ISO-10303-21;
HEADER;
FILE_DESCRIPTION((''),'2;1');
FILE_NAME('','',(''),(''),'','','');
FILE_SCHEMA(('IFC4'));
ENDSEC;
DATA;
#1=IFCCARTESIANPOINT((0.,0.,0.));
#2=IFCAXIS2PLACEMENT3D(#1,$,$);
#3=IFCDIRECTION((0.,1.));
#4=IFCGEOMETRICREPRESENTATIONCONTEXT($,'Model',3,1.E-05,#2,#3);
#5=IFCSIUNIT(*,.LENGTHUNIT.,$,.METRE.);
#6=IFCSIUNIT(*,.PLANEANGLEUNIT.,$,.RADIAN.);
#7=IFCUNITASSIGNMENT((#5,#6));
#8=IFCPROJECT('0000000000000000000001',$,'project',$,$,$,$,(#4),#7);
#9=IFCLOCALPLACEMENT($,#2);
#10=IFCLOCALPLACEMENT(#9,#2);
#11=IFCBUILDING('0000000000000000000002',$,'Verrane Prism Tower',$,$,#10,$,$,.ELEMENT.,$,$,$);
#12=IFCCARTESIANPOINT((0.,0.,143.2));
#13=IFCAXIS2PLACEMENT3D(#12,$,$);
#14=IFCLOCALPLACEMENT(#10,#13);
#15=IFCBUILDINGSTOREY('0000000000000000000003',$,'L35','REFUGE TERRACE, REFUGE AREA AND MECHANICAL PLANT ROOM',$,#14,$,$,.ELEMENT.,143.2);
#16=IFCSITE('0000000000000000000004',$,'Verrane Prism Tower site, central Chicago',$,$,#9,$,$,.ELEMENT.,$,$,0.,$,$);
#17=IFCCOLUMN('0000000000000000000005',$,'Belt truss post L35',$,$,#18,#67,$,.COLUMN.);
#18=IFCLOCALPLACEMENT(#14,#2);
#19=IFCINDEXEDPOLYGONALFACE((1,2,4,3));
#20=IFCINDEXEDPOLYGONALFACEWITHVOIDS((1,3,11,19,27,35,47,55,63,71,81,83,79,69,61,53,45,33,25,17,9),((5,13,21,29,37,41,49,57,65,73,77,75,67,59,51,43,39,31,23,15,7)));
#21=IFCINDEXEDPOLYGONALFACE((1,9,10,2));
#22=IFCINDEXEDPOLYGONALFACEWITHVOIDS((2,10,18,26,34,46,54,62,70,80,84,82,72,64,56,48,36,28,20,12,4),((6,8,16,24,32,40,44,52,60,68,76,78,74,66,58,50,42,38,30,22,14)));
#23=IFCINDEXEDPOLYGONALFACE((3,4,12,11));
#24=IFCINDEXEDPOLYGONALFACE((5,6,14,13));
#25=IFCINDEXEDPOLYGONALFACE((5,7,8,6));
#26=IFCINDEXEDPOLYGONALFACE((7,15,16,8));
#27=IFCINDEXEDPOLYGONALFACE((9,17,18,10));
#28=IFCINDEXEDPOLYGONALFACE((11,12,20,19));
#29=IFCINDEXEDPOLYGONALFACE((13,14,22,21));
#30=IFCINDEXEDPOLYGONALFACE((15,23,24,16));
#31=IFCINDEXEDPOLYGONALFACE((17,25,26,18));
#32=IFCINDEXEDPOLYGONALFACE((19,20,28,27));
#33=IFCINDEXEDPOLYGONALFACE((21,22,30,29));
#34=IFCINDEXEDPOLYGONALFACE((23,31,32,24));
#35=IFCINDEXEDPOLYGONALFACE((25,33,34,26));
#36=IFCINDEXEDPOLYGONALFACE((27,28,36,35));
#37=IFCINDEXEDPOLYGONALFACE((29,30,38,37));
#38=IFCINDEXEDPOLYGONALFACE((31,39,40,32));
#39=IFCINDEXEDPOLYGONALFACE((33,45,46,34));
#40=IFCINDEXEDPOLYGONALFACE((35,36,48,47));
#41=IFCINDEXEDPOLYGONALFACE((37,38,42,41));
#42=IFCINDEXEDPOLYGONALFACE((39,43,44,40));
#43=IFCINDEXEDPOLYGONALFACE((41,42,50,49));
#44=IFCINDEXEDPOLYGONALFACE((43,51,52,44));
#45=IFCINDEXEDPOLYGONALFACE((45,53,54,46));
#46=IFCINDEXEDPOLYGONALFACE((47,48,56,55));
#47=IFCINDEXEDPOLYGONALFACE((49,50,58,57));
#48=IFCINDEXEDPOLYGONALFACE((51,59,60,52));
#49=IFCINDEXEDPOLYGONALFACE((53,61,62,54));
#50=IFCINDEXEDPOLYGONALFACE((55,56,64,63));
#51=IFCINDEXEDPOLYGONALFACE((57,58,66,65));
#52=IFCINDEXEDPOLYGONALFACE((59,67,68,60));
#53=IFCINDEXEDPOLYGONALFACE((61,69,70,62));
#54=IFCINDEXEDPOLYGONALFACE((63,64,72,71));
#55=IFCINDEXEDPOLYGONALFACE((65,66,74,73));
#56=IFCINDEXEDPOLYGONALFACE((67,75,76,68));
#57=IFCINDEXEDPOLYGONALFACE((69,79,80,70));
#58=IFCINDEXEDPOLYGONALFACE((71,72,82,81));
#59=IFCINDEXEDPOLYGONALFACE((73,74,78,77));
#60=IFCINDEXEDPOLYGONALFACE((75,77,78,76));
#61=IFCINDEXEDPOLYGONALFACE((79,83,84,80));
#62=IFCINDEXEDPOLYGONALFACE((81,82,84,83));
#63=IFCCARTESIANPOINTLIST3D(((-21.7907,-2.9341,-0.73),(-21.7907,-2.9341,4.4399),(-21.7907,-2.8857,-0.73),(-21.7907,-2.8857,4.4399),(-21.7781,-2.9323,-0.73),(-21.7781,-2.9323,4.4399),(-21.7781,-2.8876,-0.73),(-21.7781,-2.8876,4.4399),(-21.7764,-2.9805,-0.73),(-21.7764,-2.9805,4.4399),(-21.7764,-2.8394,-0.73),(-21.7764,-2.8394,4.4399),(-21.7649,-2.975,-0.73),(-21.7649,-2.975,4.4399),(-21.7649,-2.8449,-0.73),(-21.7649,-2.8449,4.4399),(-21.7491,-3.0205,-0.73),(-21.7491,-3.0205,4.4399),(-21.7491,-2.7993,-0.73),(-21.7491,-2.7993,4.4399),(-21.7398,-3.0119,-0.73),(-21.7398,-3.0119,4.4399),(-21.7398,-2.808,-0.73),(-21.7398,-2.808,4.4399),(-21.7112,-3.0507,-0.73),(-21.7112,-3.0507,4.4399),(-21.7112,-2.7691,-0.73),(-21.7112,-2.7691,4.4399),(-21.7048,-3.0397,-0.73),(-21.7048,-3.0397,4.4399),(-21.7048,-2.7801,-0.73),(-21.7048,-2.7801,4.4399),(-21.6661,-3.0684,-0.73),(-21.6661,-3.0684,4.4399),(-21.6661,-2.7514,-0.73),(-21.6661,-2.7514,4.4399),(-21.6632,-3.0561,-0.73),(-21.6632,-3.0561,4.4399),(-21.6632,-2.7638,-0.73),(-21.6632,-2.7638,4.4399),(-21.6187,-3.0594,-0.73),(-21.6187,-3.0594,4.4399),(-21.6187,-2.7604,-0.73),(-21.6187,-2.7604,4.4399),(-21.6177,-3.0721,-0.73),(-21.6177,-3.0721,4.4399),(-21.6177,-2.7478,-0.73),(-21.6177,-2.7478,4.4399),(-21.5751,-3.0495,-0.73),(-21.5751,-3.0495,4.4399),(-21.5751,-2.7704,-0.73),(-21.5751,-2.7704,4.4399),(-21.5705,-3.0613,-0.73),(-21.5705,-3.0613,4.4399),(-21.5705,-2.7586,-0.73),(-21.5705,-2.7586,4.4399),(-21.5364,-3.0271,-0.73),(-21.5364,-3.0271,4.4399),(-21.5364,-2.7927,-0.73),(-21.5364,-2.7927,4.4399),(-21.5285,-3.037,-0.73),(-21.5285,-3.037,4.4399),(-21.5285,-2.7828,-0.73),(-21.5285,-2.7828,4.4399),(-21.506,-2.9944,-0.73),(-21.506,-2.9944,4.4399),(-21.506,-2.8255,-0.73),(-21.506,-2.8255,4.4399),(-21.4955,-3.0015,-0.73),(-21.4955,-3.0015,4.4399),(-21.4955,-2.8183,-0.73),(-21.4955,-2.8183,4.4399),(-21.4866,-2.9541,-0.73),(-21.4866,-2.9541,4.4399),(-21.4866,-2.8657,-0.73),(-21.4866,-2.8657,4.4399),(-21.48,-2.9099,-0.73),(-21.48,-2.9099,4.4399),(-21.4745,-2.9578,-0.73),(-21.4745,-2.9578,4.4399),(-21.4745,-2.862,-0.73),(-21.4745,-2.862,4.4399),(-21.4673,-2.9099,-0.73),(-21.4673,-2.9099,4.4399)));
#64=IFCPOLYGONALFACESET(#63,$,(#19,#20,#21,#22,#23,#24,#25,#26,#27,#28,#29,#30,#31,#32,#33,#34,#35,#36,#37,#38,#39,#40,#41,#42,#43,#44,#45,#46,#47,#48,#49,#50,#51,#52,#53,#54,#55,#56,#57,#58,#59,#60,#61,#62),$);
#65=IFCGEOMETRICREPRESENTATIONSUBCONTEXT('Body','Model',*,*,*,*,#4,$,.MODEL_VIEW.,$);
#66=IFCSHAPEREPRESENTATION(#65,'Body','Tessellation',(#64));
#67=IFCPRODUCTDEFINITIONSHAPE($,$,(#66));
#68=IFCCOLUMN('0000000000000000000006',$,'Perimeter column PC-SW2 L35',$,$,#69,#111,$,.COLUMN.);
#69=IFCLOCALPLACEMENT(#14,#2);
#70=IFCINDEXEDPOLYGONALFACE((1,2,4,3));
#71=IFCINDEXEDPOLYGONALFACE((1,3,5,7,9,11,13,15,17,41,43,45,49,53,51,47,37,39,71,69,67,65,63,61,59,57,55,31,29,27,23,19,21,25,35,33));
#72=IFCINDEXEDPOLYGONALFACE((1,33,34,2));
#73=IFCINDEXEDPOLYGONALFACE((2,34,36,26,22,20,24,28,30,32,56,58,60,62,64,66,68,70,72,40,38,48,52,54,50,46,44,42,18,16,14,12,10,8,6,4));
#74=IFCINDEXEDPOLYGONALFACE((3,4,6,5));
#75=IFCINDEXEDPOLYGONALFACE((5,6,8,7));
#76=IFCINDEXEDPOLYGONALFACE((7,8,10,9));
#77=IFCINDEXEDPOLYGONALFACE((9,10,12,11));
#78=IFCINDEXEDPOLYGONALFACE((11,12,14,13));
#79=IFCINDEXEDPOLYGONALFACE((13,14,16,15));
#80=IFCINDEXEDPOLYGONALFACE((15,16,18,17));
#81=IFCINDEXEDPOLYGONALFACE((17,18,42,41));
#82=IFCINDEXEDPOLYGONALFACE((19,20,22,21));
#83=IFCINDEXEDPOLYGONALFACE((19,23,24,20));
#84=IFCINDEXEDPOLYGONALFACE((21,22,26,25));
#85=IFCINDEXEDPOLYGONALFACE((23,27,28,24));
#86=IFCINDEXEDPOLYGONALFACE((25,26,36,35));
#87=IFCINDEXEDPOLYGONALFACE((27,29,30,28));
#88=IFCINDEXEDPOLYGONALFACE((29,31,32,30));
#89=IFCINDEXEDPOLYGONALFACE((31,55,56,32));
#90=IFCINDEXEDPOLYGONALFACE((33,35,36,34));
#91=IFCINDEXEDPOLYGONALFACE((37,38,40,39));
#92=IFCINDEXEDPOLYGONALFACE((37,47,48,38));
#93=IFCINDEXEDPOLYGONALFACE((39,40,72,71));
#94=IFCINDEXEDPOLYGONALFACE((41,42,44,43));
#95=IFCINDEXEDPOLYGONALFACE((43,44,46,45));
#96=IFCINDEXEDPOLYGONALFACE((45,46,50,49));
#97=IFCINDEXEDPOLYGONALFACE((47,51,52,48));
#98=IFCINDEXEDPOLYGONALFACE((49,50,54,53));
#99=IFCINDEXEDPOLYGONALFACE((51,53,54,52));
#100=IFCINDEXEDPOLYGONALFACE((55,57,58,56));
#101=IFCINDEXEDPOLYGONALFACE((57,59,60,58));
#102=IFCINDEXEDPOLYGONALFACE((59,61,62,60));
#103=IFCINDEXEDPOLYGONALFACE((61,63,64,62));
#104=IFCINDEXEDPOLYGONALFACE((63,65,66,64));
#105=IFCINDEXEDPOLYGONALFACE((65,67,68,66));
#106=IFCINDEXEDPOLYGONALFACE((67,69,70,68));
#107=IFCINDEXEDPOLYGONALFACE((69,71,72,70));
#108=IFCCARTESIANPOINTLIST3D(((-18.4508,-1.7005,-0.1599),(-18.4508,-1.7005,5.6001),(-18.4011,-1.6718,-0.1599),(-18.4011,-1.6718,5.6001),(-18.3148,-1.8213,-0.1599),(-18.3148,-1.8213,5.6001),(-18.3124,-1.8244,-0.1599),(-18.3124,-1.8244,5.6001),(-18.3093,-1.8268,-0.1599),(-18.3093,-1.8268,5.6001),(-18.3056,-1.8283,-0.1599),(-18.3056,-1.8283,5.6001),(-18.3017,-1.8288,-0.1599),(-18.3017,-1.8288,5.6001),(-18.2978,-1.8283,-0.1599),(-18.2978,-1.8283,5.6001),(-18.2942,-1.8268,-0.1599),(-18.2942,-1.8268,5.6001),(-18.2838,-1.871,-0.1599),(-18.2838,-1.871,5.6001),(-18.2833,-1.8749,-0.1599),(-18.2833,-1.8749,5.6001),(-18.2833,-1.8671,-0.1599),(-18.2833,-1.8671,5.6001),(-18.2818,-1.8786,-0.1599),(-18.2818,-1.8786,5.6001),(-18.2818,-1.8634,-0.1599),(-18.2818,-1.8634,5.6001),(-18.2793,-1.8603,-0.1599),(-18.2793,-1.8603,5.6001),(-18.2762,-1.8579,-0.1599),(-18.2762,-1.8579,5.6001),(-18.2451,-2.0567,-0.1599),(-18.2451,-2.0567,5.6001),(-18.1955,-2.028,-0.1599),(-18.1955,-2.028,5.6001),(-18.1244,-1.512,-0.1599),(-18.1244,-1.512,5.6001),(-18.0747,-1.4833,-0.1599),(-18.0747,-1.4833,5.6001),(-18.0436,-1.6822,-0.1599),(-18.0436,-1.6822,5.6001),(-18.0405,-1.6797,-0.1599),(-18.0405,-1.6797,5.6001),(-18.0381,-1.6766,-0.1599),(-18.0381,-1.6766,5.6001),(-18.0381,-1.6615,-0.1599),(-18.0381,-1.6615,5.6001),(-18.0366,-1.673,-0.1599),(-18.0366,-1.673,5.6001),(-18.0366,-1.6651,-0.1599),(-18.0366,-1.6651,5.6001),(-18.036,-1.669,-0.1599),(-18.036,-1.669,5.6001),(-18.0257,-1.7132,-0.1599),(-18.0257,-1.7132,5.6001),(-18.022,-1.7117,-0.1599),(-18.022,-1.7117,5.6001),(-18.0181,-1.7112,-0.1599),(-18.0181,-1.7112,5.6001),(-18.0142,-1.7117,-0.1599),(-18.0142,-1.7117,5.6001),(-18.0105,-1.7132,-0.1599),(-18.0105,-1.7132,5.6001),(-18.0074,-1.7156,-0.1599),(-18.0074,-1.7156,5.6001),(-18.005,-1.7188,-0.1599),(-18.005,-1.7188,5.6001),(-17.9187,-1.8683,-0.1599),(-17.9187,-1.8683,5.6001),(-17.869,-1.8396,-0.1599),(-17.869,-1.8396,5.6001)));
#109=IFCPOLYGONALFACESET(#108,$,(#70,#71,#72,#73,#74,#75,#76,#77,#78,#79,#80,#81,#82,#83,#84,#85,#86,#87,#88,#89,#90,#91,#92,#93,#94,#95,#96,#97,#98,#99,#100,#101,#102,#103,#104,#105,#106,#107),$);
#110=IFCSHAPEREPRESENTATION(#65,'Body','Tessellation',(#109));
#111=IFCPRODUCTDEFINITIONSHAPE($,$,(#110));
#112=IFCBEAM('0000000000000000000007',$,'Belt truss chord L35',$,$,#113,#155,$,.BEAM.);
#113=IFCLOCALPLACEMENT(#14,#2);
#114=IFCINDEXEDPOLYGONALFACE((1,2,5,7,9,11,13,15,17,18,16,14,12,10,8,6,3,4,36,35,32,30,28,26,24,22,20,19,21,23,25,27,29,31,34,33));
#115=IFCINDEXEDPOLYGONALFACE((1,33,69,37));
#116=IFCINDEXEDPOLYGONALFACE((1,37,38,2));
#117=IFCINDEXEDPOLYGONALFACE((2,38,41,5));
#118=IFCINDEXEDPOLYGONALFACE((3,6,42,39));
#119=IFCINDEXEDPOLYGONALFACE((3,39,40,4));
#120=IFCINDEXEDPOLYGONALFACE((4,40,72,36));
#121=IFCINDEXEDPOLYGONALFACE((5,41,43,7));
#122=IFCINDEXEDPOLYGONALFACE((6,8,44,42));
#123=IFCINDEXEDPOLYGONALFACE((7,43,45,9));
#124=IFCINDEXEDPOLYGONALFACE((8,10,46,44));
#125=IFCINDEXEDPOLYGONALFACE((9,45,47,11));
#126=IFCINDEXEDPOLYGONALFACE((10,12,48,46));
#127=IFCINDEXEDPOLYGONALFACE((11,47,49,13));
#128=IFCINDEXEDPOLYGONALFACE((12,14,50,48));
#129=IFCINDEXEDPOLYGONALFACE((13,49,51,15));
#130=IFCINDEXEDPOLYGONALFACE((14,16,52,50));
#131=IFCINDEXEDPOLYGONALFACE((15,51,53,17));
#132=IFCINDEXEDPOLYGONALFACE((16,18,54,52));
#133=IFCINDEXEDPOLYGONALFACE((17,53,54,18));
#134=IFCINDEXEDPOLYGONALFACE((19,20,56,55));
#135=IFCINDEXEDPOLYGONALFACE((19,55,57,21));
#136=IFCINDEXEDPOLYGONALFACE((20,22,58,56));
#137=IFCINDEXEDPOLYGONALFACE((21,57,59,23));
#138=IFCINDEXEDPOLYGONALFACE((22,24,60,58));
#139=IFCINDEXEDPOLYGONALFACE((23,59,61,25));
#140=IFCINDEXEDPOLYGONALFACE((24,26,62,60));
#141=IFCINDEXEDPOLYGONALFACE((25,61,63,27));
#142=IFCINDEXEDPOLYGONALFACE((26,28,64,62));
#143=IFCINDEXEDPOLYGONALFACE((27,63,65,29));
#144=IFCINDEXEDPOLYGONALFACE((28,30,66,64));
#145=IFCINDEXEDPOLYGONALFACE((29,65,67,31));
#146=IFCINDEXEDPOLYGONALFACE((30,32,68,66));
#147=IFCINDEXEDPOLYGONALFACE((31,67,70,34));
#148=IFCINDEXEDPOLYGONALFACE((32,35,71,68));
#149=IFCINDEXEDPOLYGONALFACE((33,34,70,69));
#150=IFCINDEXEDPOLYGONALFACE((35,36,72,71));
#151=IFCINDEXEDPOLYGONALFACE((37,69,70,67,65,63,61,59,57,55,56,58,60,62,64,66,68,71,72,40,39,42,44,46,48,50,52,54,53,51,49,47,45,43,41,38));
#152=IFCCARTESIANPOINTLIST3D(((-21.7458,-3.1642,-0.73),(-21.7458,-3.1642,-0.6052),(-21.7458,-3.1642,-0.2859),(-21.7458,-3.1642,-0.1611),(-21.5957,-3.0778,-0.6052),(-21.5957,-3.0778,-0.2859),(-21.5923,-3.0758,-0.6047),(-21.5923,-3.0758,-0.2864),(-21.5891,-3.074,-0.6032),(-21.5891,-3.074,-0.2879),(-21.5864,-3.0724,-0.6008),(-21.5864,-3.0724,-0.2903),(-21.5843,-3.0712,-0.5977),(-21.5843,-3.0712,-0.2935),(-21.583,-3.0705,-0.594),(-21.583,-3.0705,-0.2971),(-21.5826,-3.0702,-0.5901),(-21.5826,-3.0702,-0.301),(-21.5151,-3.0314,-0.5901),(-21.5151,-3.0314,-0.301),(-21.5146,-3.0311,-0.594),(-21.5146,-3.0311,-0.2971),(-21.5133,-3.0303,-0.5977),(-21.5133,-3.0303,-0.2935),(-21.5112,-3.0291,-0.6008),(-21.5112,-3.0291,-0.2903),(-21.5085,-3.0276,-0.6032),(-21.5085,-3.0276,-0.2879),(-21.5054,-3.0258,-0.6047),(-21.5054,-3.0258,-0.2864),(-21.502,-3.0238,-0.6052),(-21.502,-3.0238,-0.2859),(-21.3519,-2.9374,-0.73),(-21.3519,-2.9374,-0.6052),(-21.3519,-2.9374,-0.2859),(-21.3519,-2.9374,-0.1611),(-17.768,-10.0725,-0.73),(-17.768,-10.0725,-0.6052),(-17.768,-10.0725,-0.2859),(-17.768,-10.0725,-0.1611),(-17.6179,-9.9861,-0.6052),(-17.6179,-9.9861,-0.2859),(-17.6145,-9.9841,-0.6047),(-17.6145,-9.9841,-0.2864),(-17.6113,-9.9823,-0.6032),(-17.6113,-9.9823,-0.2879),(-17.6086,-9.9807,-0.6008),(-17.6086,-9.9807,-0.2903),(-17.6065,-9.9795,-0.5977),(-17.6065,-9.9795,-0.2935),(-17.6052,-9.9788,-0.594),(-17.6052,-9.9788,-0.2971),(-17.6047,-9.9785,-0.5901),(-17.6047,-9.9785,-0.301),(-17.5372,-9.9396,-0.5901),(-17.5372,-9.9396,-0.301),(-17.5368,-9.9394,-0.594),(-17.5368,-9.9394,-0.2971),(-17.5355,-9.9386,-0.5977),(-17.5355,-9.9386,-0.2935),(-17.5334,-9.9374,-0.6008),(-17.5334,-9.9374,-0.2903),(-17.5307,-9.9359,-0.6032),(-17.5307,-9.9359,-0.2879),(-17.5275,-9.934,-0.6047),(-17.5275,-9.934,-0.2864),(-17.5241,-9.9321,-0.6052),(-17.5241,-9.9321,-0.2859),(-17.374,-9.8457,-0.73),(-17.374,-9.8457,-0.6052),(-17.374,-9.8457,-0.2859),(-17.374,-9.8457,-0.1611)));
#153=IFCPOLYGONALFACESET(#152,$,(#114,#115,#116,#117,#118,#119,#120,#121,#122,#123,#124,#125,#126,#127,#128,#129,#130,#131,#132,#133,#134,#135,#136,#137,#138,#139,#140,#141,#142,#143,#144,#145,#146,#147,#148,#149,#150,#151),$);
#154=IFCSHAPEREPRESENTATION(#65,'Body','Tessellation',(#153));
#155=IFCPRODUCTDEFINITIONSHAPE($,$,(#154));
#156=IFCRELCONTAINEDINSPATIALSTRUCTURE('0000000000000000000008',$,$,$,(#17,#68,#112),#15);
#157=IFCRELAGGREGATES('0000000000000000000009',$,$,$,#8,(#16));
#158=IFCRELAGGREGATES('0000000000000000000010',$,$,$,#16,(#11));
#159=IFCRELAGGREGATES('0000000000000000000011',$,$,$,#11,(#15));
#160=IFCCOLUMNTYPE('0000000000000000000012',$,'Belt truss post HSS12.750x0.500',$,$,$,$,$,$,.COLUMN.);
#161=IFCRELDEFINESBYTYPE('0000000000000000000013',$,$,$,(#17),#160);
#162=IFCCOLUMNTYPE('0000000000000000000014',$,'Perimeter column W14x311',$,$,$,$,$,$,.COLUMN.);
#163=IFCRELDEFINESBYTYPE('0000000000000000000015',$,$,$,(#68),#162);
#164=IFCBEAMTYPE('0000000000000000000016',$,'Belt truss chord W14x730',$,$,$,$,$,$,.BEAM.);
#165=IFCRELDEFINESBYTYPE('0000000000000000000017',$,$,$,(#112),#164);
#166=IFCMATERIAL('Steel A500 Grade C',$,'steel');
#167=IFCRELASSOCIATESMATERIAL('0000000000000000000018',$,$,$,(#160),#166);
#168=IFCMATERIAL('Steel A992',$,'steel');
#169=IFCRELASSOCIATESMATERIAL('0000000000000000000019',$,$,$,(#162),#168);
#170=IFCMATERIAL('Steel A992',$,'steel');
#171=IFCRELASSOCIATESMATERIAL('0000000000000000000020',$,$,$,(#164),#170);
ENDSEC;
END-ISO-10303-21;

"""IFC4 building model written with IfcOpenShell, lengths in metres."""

from ifc_helpers import new_model, si_unit, direction, frame, origin, origin_2d, place, context, subcontext, project, spatial, hollow_circle, i_section, extrude, material, material_profile, profile_set, type_object, element, save


model = new_model("IFC4")

# Units and contexts
model_context = context("Model", 3, precision=1e-05, world=origin(), true_north=direction((0.0, 1.0)))
body_context = subcontext(model_context, "Body", "Model", "MODEL_VIEW")
ifc_project = project(units=[si_unit("LENGTHUNIT", "METRE"), si_unit("PLANEANGLEUNIT", "RADIAN")], contexts=[model_context])

# Site, building, storey
site_placement = place(None, origin())
site = spatial("IfcSite", under=ifc_project, at=site_placement, Name="Verrane Prism Tower site, central Chicago", CompositionType="ELEMENT", RefElevation=0.0)
building_placement = place(site_placement, origin())
building = spatial("IfcBuilding", under=site, at=building_placement, Name="Verrane Prism Tower", CompositionType="ELEMENT")
storey_placement = place(building_placement, frame((0.0, 0.0, 143.2)))
storey = spatial("IfcBuildingStorey", under=building, at=storey_placement, Name="L35", Description="REFUGE TERRACE, REFUGE AREA AND MECHANICAL PLANT ROOM", CompositionType="ELEMENT", Elevation=143.2)

# Columns
ifc_material_1 = material(Name="Steel A500 Grade C", Category="steel")
ifc_material_profile_1 = material_profile(ifc_material_1, hollow_circle(Radius=0.1626, WallThickness=0.0127, at=origin_2d()), Name="HSS12.750x0.500")
ifc_profile_set_1 = profile_set([ifc_material_profile_1], Name="Steel A500 Grade C")
column_type_1 = type_object("IfcColumnType", Name="Belt truss post HSS12.750x0.500", PredefinedType="COLUMN", material=ifc_profile_set_1)
column_1_placement = place(storey_placement, frame((-21.6299, -2.9099, -0.73), z_axis=(0.0, 0.0, 1.0), x_axis=(-0.5, 0.866025, 0.0)))
element("IfcColumn", 1, at=column_1_placement, inside=storey, type_object=column_type_1, Name="Belt truss post L35", PredefinedType="COLUMN", context=body_context, shape_type="SweptSolid", body=[
    extrude(hollow_circle(Radius=0.1626, WallThickness=0.0127, at=origin_2d()), origin(), (0.0, 0.0, 1.0), 5.1699),
])
ifc_material_2 = material(Name="Steel A992", Category="steel")
ifc_material_profile_2 = material_profile(ifc_material_2, i_section(OverallWidth=0.4114, OverallDepth=0.4343, WebThickness=0.0359, FlangeThickness=0.0574, FilletRadius=0.0151, at=origin_2d()), Name="W14x311")
ifc_profile_set_2 = profile_set([ifc_material_profile_2], Name="Steel A992")
column_type_2 = type_object("IfcColumnType", Name="Perimeter column W14x311", PredefinedType="COLUMN", material=ifc_profile_set_2)
column_2_placement = place(storey_placement, frame((-18.1599, -1.77, -0.1599), z_axis=(0.0, 0.0, 1.0), x_axis=(-0.5, 0.866025, 0.0)))
element("IfcColumn", 2, at=column_2_placement, inside=storey, type_object=column_type_2, Name="Perimeter column PC-SW2 L35", PredefinedType="COLUMN", context=body_context, shape_type="SweptSolid", body=[
    extrude(i_section(OverallWidth=0.4114, OverallDepth=0.4343, WebThickness=0.0359, FlangeThickness=0.0574, FilletRadius=0.0151, at=origin_2d()), origin(), (0.0, 0.0, 1.0), 5.76),
])

# Beam
ifc_material_3 = material(Name="Steel A992", Category="steel")
ifc_material_profile_3 = material_profile(ifc_material_3, i_section(OverallWidth=0.4546, OverallDepth=0.5688, WebThickness=0.0779, FlangeThickness=0.1248, FilletRadius=0.0151, at=origin_2d()), Name="W14x730")
ifc_profile_set_3 = profile_set([ifc_material_profile_3], Name="Steel A992")
beam_type_1 = type_object("IfcBeamType", Name="Belt truss chord W14x730", PredefinedType="BEAM", material=ifc_profile_set_3)
beam_1_placement = place(storey_placement, frame((-21.5488, -3.0508, -0.4456), z_axis=(0.498996, -0.866604, 0.0), x_axis=(0.866604, 0.498996, 0.0)))
element("IfcBeam", 3, at=beam_1_placement, inside=storey, type_object=beam_type_1, Name="Belt truss chord L35", PredefinedType="BEAM", context=body_context, shape_type="SweptSolid", body=[
    extrude(i_section(OverallWidth=0.4546, OverallDepth=0.5688, WebThickness=0.0779, FlangeThickness=0.1248, FilletRadius=0.0151, at=origin_2d()), origin(), (0.0, 0.0, 1.0), 7.9717),
])

save(model, "model.ifc")
